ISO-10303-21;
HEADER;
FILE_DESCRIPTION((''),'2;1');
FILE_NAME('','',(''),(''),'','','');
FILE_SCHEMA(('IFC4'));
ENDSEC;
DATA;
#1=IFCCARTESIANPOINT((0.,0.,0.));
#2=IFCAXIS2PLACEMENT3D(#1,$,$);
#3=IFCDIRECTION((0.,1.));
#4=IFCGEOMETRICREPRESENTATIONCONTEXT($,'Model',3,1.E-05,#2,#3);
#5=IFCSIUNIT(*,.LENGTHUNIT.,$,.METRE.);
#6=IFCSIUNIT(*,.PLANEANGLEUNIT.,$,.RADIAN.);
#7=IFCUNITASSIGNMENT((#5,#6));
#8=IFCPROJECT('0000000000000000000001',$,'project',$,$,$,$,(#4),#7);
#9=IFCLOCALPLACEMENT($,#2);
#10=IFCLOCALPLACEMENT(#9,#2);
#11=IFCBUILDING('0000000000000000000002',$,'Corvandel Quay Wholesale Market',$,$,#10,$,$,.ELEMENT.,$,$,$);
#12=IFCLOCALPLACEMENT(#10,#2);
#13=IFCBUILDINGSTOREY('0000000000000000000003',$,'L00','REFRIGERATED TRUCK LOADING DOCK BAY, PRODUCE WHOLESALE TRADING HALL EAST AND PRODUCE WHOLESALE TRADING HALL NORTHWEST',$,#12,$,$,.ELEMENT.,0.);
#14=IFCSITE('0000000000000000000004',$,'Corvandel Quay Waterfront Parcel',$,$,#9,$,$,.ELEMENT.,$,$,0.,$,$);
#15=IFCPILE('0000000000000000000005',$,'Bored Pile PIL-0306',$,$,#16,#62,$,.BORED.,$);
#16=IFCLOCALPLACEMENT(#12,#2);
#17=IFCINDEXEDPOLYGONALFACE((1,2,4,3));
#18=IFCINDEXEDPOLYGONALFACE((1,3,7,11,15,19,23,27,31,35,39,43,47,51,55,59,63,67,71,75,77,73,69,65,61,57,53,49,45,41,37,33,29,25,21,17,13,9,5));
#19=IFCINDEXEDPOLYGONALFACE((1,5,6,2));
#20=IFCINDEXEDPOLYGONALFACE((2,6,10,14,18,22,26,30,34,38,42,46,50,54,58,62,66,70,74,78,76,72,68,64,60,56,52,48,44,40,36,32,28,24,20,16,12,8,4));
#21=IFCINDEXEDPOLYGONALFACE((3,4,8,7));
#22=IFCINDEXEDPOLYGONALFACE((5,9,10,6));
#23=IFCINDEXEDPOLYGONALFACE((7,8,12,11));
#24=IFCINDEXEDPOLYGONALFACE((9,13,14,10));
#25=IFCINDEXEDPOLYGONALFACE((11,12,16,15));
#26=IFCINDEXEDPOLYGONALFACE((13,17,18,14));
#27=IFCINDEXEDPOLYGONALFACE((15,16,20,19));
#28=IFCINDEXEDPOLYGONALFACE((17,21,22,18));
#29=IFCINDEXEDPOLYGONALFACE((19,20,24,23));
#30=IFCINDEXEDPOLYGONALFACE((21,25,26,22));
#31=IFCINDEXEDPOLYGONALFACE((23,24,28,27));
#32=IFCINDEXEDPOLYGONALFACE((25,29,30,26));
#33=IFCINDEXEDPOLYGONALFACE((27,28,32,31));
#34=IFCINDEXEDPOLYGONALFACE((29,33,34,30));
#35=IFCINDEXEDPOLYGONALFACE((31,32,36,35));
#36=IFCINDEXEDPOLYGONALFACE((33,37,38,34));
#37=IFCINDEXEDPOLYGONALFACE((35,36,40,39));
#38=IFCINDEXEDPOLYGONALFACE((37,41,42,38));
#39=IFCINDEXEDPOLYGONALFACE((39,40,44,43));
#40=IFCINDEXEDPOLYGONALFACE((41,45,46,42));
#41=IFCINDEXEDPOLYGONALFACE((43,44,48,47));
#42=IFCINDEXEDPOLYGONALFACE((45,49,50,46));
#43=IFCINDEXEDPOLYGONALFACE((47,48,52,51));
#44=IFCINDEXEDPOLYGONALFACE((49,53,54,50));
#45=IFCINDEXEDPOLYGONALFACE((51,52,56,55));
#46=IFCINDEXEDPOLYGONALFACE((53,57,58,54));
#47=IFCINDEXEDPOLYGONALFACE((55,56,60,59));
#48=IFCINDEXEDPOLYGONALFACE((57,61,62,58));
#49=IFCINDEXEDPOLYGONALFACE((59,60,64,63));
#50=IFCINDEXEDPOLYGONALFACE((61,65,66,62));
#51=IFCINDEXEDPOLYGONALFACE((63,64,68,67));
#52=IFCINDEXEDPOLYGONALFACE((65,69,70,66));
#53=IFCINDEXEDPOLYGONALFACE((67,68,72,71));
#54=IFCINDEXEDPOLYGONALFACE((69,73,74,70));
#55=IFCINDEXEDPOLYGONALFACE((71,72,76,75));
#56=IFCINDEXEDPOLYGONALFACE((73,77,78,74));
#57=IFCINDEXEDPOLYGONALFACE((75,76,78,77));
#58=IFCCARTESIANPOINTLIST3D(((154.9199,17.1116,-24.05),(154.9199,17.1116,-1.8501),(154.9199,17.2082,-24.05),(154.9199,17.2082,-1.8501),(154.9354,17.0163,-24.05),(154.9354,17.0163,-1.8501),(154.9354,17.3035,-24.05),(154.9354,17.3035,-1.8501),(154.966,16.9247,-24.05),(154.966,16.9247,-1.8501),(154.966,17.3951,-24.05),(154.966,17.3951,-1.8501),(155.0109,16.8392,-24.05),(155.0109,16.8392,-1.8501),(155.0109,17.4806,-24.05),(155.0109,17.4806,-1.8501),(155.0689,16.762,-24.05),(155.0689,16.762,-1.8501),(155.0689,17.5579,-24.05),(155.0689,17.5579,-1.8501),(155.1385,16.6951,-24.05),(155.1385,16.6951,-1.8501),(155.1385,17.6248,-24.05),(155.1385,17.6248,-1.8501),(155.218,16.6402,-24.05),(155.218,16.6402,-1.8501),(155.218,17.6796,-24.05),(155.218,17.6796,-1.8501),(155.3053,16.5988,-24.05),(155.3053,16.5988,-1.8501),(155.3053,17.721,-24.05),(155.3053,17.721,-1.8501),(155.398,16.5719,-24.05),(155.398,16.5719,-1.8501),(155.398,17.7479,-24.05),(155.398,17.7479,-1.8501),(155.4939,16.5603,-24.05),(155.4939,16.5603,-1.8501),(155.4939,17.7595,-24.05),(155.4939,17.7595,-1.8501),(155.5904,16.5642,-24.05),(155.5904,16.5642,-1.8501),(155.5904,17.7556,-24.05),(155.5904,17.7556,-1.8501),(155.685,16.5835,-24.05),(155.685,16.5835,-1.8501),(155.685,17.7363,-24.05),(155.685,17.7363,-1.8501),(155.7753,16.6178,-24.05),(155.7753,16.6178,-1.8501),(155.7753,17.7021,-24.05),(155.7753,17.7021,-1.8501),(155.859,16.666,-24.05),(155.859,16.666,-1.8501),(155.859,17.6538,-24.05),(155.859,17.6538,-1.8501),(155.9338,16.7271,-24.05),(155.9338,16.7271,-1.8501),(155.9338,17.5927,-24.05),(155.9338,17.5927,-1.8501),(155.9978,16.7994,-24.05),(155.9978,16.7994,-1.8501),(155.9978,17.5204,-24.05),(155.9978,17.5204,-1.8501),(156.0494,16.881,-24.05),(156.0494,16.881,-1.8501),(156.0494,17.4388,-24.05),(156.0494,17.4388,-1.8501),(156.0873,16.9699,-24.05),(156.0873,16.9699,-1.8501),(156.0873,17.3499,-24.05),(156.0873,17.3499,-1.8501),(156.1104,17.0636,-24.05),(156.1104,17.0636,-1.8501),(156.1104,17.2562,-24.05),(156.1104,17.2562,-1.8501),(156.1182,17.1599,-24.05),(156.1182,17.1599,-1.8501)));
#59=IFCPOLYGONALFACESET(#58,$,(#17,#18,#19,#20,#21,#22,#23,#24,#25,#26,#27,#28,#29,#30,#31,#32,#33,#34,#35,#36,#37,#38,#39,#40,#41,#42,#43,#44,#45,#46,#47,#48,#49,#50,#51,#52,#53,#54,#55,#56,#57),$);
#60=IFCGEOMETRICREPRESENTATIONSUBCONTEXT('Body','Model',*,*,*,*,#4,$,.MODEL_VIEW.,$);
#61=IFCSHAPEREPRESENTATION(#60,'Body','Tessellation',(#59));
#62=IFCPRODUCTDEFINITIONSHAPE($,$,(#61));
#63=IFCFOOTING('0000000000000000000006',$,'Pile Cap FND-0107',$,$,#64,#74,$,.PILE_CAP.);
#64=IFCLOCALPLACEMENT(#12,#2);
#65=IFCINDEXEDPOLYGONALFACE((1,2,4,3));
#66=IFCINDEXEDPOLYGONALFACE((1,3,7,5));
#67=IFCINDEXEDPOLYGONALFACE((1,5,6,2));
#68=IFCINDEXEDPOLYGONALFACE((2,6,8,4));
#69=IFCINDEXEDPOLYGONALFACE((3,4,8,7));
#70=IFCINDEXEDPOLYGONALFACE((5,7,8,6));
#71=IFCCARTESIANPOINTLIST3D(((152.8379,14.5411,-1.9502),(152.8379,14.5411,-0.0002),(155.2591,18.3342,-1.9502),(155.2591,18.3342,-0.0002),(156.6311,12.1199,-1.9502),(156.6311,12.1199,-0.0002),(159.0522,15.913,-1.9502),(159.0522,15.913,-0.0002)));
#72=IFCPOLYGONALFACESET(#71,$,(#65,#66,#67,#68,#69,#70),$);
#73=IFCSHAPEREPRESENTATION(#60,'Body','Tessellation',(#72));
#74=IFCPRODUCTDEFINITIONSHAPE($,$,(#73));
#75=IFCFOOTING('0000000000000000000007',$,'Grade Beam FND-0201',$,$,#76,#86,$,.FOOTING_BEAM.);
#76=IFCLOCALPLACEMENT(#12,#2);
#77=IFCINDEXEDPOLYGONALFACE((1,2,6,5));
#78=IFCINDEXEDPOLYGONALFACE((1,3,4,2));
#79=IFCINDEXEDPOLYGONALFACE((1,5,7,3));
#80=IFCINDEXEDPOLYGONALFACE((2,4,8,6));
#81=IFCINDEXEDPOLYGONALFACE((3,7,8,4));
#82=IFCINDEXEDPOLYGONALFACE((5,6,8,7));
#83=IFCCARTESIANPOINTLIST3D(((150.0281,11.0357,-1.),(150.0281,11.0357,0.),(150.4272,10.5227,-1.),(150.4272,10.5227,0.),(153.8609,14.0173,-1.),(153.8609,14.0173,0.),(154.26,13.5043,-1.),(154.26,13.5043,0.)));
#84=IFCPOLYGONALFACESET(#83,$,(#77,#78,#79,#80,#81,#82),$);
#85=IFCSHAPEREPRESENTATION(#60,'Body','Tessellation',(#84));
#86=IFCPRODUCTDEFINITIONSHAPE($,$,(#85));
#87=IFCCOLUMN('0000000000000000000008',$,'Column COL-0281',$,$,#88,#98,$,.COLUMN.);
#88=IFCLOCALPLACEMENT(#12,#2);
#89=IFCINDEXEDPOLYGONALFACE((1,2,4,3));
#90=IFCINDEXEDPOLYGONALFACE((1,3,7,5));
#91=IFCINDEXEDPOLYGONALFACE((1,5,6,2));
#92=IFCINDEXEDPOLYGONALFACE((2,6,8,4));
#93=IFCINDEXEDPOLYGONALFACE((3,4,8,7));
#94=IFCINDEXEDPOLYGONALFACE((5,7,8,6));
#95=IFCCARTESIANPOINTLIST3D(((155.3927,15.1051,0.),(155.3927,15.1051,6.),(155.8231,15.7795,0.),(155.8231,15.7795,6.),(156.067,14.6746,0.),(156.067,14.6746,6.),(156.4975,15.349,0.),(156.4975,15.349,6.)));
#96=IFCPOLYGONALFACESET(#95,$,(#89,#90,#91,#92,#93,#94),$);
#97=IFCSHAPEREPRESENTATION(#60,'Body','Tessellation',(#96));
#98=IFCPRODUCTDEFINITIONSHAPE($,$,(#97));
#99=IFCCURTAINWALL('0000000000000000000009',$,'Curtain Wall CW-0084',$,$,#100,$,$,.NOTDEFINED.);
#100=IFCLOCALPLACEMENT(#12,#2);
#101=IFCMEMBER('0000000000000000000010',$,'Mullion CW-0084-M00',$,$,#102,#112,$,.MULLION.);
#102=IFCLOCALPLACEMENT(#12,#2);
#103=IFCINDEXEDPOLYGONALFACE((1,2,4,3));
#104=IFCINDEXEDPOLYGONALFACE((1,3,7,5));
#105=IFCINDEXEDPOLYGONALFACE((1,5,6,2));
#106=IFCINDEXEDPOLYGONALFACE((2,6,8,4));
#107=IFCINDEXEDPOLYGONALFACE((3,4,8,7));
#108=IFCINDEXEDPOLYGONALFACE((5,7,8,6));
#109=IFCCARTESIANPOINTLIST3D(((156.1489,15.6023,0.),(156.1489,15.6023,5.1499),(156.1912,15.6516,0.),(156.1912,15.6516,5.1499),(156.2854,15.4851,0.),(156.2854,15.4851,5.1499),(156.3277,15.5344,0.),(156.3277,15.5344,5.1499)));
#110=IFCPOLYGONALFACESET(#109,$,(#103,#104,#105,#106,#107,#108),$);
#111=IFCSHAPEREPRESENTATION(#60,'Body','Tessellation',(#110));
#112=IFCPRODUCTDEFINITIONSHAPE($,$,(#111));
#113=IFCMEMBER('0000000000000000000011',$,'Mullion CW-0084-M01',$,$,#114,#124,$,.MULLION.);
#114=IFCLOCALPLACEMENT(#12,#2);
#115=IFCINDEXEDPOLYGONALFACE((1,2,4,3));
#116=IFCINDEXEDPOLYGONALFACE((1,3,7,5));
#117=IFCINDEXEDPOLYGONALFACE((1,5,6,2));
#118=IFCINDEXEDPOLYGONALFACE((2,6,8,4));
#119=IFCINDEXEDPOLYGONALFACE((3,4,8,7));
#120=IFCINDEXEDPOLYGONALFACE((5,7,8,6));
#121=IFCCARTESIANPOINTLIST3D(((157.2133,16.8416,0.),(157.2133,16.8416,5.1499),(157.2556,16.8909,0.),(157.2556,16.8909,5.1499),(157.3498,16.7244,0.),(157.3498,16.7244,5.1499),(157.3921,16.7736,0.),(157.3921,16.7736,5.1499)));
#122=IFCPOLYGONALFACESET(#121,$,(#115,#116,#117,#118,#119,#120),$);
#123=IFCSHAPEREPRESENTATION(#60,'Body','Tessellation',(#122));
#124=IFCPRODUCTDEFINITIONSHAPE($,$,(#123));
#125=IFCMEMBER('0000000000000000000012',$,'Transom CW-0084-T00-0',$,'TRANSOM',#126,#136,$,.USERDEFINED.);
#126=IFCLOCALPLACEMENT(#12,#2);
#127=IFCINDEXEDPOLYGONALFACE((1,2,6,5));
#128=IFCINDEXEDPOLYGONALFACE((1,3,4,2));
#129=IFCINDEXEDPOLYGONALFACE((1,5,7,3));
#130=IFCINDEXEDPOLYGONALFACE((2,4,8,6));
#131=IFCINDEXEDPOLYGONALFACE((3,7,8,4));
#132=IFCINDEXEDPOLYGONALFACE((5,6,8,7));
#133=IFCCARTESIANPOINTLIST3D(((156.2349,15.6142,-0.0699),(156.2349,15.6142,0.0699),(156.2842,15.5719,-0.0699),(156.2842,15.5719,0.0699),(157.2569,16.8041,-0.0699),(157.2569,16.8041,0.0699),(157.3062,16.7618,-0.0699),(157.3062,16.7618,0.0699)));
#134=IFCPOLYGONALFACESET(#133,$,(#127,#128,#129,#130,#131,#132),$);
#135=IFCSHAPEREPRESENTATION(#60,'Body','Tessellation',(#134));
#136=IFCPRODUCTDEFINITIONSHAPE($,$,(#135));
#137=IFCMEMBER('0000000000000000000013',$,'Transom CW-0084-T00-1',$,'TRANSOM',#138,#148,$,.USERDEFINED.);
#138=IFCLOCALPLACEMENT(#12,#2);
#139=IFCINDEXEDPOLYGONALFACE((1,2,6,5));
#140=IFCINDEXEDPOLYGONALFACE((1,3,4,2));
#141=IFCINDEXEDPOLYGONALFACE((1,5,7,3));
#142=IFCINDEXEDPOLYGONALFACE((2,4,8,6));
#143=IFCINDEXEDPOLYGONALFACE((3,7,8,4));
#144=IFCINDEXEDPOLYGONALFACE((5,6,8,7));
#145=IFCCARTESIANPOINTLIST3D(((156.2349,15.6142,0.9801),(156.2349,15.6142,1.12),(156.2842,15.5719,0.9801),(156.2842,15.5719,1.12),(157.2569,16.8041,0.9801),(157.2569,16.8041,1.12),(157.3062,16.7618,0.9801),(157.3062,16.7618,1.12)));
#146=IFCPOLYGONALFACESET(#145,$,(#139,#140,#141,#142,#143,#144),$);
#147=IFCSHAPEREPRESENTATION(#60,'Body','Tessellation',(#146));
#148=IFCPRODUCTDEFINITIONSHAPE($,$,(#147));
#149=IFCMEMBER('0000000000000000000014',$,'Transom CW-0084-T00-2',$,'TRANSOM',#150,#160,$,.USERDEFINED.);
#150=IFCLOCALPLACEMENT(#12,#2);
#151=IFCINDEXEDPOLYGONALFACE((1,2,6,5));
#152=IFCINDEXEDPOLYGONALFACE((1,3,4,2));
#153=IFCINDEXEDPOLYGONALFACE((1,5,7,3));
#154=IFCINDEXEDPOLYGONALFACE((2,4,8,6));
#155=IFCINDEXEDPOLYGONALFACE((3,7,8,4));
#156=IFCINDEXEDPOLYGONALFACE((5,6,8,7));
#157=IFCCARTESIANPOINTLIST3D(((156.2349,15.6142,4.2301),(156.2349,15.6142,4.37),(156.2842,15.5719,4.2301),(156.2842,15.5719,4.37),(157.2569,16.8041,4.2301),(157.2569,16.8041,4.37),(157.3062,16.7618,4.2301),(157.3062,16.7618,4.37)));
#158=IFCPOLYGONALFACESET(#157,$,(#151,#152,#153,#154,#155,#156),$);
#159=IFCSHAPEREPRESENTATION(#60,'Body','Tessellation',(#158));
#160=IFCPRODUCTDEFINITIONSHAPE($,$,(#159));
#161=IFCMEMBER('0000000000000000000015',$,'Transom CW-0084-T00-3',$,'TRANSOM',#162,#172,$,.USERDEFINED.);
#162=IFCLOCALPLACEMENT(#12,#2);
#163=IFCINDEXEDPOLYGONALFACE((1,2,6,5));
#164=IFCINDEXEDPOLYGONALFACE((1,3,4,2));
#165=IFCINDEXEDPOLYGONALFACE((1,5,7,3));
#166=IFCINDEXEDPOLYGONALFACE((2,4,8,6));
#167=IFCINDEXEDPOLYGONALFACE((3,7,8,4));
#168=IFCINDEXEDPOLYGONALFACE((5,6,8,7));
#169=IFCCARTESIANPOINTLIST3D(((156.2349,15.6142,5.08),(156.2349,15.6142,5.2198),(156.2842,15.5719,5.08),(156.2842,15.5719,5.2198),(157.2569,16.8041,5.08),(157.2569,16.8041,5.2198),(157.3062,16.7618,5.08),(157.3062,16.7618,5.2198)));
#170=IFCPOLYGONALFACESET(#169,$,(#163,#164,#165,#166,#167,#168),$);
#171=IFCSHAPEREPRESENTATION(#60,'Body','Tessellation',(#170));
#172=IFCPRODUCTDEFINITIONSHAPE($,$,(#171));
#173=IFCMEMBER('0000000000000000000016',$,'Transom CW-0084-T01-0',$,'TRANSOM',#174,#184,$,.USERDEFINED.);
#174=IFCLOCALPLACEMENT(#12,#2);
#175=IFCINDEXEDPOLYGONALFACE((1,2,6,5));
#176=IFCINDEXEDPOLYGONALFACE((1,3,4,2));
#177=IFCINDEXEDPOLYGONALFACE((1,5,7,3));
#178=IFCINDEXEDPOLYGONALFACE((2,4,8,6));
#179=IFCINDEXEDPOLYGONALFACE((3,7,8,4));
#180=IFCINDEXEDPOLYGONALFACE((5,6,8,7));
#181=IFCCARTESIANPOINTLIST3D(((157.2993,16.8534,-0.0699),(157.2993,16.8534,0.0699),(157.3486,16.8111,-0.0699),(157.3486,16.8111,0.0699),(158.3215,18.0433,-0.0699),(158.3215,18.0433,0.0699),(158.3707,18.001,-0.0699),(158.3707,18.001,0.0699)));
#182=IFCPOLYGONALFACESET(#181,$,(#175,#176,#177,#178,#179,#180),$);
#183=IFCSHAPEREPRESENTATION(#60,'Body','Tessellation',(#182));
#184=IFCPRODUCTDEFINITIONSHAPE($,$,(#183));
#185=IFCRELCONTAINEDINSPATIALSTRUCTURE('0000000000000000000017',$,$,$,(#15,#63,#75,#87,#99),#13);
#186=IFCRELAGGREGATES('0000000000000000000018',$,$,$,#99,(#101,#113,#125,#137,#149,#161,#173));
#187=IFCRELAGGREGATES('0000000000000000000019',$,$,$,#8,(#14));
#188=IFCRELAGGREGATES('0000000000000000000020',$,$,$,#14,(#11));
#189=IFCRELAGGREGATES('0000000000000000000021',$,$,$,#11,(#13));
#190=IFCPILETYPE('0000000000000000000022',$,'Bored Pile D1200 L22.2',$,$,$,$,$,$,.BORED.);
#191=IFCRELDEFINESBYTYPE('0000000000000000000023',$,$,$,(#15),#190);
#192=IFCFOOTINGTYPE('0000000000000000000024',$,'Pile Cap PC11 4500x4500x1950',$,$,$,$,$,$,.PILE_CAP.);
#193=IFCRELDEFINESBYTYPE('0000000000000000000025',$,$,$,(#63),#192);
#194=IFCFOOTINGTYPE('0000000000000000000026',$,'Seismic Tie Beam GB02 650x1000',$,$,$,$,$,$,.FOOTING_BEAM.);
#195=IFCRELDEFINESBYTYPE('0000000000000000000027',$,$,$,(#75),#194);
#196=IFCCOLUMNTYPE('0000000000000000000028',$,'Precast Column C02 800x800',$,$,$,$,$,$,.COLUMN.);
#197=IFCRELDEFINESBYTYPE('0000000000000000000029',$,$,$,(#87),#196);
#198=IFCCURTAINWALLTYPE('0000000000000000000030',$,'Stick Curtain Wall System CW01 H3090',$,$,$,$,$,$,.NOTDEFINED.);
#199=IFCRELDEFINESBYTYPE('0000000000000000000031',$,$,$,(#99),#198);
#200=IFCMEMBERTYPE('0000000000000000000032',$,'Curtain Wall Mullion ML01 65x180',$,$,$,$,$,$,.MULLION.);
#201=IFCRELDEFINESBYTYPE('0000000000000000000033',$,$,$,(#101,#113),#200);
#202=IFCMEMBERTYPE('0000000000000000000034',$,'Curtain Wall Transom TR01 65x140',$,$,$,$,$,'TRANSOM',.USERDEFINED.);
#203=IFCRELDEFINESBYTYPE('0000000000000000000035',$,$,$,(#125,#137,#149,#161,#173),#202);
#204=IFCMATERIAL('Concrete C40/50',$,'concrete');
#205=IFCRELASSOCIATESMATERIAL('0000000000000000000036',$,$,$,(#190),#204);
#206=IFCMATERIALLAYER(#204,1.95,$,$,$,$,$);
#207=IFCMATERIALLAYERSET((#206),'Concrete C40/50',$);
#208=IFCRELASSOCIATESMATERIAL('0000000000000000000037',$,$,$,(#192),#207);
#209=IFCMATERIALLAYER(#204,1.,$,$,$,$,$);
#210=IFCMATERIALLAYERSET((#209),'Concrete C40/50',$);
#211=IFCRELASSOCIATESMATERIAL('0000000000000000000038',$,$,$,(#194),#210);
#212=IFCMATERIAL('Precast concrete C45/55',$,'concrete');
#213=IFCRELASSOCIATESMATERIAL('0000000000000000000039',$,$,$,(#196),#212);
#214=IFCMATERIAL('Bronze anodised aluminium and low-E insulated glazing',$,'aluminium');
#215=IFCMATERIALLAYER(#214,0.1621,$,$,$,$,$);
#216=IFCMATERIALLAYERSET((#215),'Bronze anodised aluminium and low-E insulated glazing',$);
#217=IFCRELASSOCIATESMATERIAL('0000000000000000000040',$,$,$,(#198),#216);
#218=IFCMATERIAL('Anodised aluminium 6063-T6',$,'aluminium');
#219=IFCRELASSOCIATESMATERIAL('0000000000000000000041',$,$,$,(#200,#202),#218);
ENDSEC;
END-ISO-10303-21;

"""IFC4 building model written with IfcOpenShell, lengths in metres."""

from ifc_helpers import new_model, si_unit, direction, frame, origin, origin_2d, place, context, subcontext, project, spatial, rectangle, circle, extrude, material, layer, layer_set, material_profile, profile_set, type_object, element, aggregate, save


model = new_model("IFC4")

# Units and contexts
model_context = context("Model", 3, precision=1e-05, world=origin(), true_north=direction((0.0, 1.0)))
body_context = subcontext(model_context, "Body", "Model", "MODEL_VIEW")
ifc_project = project(units=[si_unit("LENGTHUNIT", "METRE"), si_unit("PLANEANGLEUNIT", "RADIAN")], contexts=[model_context])

# Site, building, storey
site_placement = place(None, origin())
site = spatial("IfcSite", under=ifc_project, at=site_placement, Name="Corvandel Quay Waterfront Parcel", CompositionType="ELEMENT", RefElevation=0.0)
building_placement = place(site_placement, origin())
building = spatial("IfcBuilding", under=site, at=building_placement, Name="Corvandel Quay Wholesale Market", CompositionType="ELEMENT")
storey_placement = place(building_placement, origin())
storey = spatial("IfcBuildingStorey", under=building, at=storey_placement, Name="L00", Description="REFRIGERATED TRUCK LOADING DOCK BAY, PRODUCE WHOLESALE TRADING HALL EAST AND PRODUCE WHOLESALE TRADING HALL NORTHWEST", CompositionType="ELEMENT", Elevation=0.0)

# Pile
ifc_material_1 = material(Name="Concrete C40/50", Category="concrete")
ifc_material_profile_1 = material_profile(ifc_material_1, circle(Radius=0.6001, at=origin_2d()), Name="RC-PILE-D1200")
ifc_profile_set_1 = profile_set([ifc_material_profile_1], Name="Concrete C40/50")
pile_type = type_object("IfcPileType", Name="Bored Pile D1200 L22.2", PredefinedType="BORED", material=ifc_profile_set_1)
for number, where, z_axis, x_axis, name in (
    (1, (155.5181, 17.1599, -1.8501), (0.0, 0.0, -1.0), (1.0, 0.0, 0.0), "Bored Pile PIL-0306"),
):
    element("IfcPile", number, at=place(storey_placement, frame(where, z_axis=z_axis, x_axis=x_axis)), inside=storey, type_object=pile_type, Name=name, PredefinedType="BORED", context=body_context, shape_type="SweptSolid", body=[
        extrude(circle(Radius=0.6001, at=origin_2d()), origin(), (0.0, 0.0, 1.0), 22.2),
    ])

# Footings
ifc_layer_1 = layer(ifc_material_1, 1.95)
ifc_layer_set_1 = layer_set([ifc_layer_1], Name="Concrete C40/50")
footing_type_1 = type_object("IfcFootingType", Name="Pile Cap PC11 4500x4500x1950", PredefinedType="PILE_CAP", material=ifc_layer_set_1)
footing_1_placement = place(storey_placement, frame((155.9451, 15.2271, -1.9502), z_axis=(0.0, 0.0, 1.0), x_axis=(0.538035, 0.842922, 0.0)))
element("IfcFooting", 2, at=footing_1_placement, inside=storey, type_object=footing_type_1, Name="Pile Cap FND-0107", PredefinedType="PILE_CAP", context=body_context, shape_type="SweptSolid", body=[
    extrude(rectangle(XDim=4.5, YDim=4.5, at=origin_2d()), origin(), (0.0, 0.0, 1.0), 1.95),
])
ifc_layer_2 = layer(ifc_material_1, 1.0)
ifc_layer_set_2 = layer_set([ifc_layer_2], Name="Concrete C40/50")
footing_type_2 = type_object("IfcFootingType", Name="Seismic Tie Beam GB02 650x1000", PredefinedType="FOOTING_BEAM", material=ifc_layer_set_2)
footing_2_placement = place(storey_placement, frame((152.144, 12.27, -1.0), z_axis=(0.0, 0.0, 1.0), x_axis=(0.789298, 0.61401, 0.0)))
element("IfcFooting", 3, at=footing_2_placement, inside=storey, type_object=footing_type_2, Name="Grade Beam FND-0201", PredefinedType="FOOTING_BEAM", context=body_context, shape_type="SweptSolid", body=[
    extrude(rectangle(XDim=4.856, YDim=0.6499, at=origin_2d()), origin(), (0.0, 0.0, 1.0), 1.0),
])

# Column
ifc_material_2 = material(Name="Precast concrete C45/55", Category="concrete")
ifc_material_profile_2 = material_profile(ifc_material_2, rectangle(XDim=0.8, YDim=0.8, at=origin_2d()), Name="PC-COL-800x800")
ifc_profile_set_2 = profile_set([ifc_material_profile_2], Name="Precast concrete C45/55")
column_type = type_object("IfcColumnType", Name="Precast Column C02 800x800", PredefinedType="COLUMN", material=ifc_profile_set_2)
column_placement = place(storey_placement, frame((155.9451, 15.2271, 0.0), z_axis=(0.0, 0.0, 1.0), x_axis=(0.538035, 0.842922, 0.0)))
element("IfcColumn", 4, at=column_placement, inside=storey, type_object=column_type, Name="Column COL-0281", PredefinedType="COLUMN", context=body_context, shape_type="SweptSolid", body=[
    extrude(rectangle(XDim=0.8, YDim=0.8, at=origin_2d()), origin(), (0.0, 0.0, 1.0), 6.0),
])

# Curtain wall, members
ifc_material_3 = material(Name="Bronze anodised aluminium and low-E insulated glazing", Category="aluminium")
ifc_layer_3 = layer(ifc_material_3, 0.1621)
ifc_layer_set_3 = layer_set([ifc_layer_3], Name="Bronze anodised aluminium and low-E insulated glazing")
curtain_wall_type = type_object("IfcCurtainWallType", Name="Stick Curtain Wall System CW01 H3090", PredefinedType="NOTDEFINED", material=ifc_layer_set_3)
curtain_wall_placement = place(storey_placement, origin())
curtain_wall = element("IfcCurtainWall", 5, at=curtain_wall_placement, inside=storey, type_object=curtain_wall_type, Name="Curtain Wall CW-0084", PredefinedType="NOTDEFINED")
ifc_material_4 = material(Name="Anodised aluminium 6063-T6", Category="aluminium")
ifc_material_profile_3 = material_profile(ifc_material_4, rectangle(XDim=0.0649, YDim=0.1799, at=origin_2d()), Name="ALU-MUL-65x180")
ifc_profile_set_3 = profile_set([ifc_material_profile_3], Name="Anodised aluminium 6063-T6")
member_type_1 = type_object("IfcMemberType", Name="Curtain Wall Mullion ML01 65x180", PredefinedType="MULLION", material=ifc_profile_set_3)
member_1_placement = place(storey_placement, frame((156.2383, 15.5684, 0.0), z_axis=(0.0, 0.0, 1.0), x_axis=(0.651569, 0.758589, 0.0)))
member_1 = element("IfcMember", 6, at=member_1_placement, type_object=member_type_1, Name="Mullion CW-0084-M00", PredefinedType="MULLION", context=body_context, shape_type="SweptSolid", body=[
    extrude(rectangle(XDim=0.0649, YDim=0.1799, at=origin_2d()), origin(), (0.0, 0.0, 1.0), 5.1499),
])
member_2_placement = place(storey_placement, frame((157.3027, 16.8076, 0.0), z_axis=(0.0, 0.0, 1.0), x_axis=(0.651569, 0.758589, 0.0)))
member_2 = element("IfcMember", 7, at=member_2_placement, type_object=member_type_1, Name="Mullion CW-0084-M01", PredefinedType="MULLION", context=body_context, shape_type="SweptSolid", body=[
    extrude(rectangle(XDim=0.0649, YDim=0.1799, at=origin_2d()), origin(), (0.0, 0.0, 1.0), 5.1499),
])
ifc_material_profile_4 = material_profile(ifc_material_4, rectangle(XDim=0.0649, YDim=0.1399, at=origin_2d()), Name="ALU-TRN-65x140")
ifc_profile_set_4 = profile_set([ifc_material_profile_4], Name="Anodised aluminium 6063-T6")
member_type_2 = type_object("IfcMemberType", Name="Curtain Wall Transom TR01 65x140", ElementType="TRANSOM", PredefinedType="USERDEFINED", material=ifc_profile_set_4)
member_3_placement = place(storey_placement, frame((156.2595, 15.593, 0.0), z_axis=(0.651535, 0.758619, 0.0), x_axis=(-0.758619, 0.651535, 0.0)))
member_3 = element("IfcMember", 8, at=member_3_placement, type_object=member_type_2, Name="Transom CW-0084-T00-0", ObjectType="TRANSOM", PredefinedType="USERDEFINED", context=body_context, shape_type="SweptSolid", body=[
    extrude(rectangle(XDim=0.0649, YDim=0.1399, at=origin_2d()), origin(), (0.0, 0.0, 1.0), 1.5686),
])
member_4_placement = place(storey_placement, frame((156.2595, 15.593, 1.05), z_axis=(0.651535, 0.758619, 0.0), x_axis=(-0.758619, 0.651535, 0.0)))
member_4 = element("IfcMember", 9, at=member_4_placement, type_object=member_type_2, Name="Transom CW-0084-T00-1", ObjectType="TRANSOM", PredefinedType="USERDEFINED", context=body_context, shape_type="SweptSolid", body=[
    extrude(rectangle(XDim=0.0649, YDim=0.1399, at=origin_2d()), origin(), (0.0, 0.0, 1.0), 1.5686),
])
member_5_placement = place(storey_placement, frame((156.2595, 15.593, 4.3), z_axis=(0.651535, 0.758619, 0.0), x_axis=(-0.758619, 0.651535, 0.0)))
member_5 = element("IfcMember", 10, at=member_5_placement, type_object=member_type_2, Name="Transom CW-0084-T00-2", ObjectType="TRANSOM", PredefinedType="USERDEFINED", context=body_context, shape_type="SweptSolid", body=[
    extrude(rectangle(XDim=0.0649, YDim=0.1399, at=origin_2d()), origin(), (0.0, 0.0, 1.0), 1.5686),
])
member_6_placement = place(storey_placement, frame((156.2595, 15.593, 5.1499), z_axis=(0.651535, 0.758619, 0.0), x_axis=(-0.758619, 0.651535, 0.0)))
member_6 = element("IfcMember", 11, at=member_6_placement, type_object=member_type_2, Name="Transom CW-0084-T00-3", ObjectType="TRANSOM", PredefinedType="USERDEFINED", context=body_context, shape_type="SweptSolid", body=[
    extrude(rectangle(XDim=0.0649, YDim=0.1399, at=origin_2d()), origin(), (0.0, 0.0, 1.0), 1.5686),
])
member_7_placement = place(storey_placement, frame((157.324, 16.8323, 0.0), z_axis=(0.651624, 0.758542, 0.0), x_axis=(-0.758542, 0.651624, 0.0)))
member_7 = element("IfcMember", 12, at=member_7_placement, type_object=member_type_2, Name="Transom CW-0084-T01-0", ObjectType="TRANSOM", PredefinedType="USERDEFINED", context=body_context, shape_type="SweptSolid", body=[
    extrude(rectangle(XDim=0.0649, YDim=0.1399, at=origin_2d()), origin(), (0.0, 0.0, 1.0), 1.5686),
])
aggregate(curtain_wall, [member_1, member_2, member_3, member_4, member_5, member_6, member_7])

save(model, "model.ifc")
